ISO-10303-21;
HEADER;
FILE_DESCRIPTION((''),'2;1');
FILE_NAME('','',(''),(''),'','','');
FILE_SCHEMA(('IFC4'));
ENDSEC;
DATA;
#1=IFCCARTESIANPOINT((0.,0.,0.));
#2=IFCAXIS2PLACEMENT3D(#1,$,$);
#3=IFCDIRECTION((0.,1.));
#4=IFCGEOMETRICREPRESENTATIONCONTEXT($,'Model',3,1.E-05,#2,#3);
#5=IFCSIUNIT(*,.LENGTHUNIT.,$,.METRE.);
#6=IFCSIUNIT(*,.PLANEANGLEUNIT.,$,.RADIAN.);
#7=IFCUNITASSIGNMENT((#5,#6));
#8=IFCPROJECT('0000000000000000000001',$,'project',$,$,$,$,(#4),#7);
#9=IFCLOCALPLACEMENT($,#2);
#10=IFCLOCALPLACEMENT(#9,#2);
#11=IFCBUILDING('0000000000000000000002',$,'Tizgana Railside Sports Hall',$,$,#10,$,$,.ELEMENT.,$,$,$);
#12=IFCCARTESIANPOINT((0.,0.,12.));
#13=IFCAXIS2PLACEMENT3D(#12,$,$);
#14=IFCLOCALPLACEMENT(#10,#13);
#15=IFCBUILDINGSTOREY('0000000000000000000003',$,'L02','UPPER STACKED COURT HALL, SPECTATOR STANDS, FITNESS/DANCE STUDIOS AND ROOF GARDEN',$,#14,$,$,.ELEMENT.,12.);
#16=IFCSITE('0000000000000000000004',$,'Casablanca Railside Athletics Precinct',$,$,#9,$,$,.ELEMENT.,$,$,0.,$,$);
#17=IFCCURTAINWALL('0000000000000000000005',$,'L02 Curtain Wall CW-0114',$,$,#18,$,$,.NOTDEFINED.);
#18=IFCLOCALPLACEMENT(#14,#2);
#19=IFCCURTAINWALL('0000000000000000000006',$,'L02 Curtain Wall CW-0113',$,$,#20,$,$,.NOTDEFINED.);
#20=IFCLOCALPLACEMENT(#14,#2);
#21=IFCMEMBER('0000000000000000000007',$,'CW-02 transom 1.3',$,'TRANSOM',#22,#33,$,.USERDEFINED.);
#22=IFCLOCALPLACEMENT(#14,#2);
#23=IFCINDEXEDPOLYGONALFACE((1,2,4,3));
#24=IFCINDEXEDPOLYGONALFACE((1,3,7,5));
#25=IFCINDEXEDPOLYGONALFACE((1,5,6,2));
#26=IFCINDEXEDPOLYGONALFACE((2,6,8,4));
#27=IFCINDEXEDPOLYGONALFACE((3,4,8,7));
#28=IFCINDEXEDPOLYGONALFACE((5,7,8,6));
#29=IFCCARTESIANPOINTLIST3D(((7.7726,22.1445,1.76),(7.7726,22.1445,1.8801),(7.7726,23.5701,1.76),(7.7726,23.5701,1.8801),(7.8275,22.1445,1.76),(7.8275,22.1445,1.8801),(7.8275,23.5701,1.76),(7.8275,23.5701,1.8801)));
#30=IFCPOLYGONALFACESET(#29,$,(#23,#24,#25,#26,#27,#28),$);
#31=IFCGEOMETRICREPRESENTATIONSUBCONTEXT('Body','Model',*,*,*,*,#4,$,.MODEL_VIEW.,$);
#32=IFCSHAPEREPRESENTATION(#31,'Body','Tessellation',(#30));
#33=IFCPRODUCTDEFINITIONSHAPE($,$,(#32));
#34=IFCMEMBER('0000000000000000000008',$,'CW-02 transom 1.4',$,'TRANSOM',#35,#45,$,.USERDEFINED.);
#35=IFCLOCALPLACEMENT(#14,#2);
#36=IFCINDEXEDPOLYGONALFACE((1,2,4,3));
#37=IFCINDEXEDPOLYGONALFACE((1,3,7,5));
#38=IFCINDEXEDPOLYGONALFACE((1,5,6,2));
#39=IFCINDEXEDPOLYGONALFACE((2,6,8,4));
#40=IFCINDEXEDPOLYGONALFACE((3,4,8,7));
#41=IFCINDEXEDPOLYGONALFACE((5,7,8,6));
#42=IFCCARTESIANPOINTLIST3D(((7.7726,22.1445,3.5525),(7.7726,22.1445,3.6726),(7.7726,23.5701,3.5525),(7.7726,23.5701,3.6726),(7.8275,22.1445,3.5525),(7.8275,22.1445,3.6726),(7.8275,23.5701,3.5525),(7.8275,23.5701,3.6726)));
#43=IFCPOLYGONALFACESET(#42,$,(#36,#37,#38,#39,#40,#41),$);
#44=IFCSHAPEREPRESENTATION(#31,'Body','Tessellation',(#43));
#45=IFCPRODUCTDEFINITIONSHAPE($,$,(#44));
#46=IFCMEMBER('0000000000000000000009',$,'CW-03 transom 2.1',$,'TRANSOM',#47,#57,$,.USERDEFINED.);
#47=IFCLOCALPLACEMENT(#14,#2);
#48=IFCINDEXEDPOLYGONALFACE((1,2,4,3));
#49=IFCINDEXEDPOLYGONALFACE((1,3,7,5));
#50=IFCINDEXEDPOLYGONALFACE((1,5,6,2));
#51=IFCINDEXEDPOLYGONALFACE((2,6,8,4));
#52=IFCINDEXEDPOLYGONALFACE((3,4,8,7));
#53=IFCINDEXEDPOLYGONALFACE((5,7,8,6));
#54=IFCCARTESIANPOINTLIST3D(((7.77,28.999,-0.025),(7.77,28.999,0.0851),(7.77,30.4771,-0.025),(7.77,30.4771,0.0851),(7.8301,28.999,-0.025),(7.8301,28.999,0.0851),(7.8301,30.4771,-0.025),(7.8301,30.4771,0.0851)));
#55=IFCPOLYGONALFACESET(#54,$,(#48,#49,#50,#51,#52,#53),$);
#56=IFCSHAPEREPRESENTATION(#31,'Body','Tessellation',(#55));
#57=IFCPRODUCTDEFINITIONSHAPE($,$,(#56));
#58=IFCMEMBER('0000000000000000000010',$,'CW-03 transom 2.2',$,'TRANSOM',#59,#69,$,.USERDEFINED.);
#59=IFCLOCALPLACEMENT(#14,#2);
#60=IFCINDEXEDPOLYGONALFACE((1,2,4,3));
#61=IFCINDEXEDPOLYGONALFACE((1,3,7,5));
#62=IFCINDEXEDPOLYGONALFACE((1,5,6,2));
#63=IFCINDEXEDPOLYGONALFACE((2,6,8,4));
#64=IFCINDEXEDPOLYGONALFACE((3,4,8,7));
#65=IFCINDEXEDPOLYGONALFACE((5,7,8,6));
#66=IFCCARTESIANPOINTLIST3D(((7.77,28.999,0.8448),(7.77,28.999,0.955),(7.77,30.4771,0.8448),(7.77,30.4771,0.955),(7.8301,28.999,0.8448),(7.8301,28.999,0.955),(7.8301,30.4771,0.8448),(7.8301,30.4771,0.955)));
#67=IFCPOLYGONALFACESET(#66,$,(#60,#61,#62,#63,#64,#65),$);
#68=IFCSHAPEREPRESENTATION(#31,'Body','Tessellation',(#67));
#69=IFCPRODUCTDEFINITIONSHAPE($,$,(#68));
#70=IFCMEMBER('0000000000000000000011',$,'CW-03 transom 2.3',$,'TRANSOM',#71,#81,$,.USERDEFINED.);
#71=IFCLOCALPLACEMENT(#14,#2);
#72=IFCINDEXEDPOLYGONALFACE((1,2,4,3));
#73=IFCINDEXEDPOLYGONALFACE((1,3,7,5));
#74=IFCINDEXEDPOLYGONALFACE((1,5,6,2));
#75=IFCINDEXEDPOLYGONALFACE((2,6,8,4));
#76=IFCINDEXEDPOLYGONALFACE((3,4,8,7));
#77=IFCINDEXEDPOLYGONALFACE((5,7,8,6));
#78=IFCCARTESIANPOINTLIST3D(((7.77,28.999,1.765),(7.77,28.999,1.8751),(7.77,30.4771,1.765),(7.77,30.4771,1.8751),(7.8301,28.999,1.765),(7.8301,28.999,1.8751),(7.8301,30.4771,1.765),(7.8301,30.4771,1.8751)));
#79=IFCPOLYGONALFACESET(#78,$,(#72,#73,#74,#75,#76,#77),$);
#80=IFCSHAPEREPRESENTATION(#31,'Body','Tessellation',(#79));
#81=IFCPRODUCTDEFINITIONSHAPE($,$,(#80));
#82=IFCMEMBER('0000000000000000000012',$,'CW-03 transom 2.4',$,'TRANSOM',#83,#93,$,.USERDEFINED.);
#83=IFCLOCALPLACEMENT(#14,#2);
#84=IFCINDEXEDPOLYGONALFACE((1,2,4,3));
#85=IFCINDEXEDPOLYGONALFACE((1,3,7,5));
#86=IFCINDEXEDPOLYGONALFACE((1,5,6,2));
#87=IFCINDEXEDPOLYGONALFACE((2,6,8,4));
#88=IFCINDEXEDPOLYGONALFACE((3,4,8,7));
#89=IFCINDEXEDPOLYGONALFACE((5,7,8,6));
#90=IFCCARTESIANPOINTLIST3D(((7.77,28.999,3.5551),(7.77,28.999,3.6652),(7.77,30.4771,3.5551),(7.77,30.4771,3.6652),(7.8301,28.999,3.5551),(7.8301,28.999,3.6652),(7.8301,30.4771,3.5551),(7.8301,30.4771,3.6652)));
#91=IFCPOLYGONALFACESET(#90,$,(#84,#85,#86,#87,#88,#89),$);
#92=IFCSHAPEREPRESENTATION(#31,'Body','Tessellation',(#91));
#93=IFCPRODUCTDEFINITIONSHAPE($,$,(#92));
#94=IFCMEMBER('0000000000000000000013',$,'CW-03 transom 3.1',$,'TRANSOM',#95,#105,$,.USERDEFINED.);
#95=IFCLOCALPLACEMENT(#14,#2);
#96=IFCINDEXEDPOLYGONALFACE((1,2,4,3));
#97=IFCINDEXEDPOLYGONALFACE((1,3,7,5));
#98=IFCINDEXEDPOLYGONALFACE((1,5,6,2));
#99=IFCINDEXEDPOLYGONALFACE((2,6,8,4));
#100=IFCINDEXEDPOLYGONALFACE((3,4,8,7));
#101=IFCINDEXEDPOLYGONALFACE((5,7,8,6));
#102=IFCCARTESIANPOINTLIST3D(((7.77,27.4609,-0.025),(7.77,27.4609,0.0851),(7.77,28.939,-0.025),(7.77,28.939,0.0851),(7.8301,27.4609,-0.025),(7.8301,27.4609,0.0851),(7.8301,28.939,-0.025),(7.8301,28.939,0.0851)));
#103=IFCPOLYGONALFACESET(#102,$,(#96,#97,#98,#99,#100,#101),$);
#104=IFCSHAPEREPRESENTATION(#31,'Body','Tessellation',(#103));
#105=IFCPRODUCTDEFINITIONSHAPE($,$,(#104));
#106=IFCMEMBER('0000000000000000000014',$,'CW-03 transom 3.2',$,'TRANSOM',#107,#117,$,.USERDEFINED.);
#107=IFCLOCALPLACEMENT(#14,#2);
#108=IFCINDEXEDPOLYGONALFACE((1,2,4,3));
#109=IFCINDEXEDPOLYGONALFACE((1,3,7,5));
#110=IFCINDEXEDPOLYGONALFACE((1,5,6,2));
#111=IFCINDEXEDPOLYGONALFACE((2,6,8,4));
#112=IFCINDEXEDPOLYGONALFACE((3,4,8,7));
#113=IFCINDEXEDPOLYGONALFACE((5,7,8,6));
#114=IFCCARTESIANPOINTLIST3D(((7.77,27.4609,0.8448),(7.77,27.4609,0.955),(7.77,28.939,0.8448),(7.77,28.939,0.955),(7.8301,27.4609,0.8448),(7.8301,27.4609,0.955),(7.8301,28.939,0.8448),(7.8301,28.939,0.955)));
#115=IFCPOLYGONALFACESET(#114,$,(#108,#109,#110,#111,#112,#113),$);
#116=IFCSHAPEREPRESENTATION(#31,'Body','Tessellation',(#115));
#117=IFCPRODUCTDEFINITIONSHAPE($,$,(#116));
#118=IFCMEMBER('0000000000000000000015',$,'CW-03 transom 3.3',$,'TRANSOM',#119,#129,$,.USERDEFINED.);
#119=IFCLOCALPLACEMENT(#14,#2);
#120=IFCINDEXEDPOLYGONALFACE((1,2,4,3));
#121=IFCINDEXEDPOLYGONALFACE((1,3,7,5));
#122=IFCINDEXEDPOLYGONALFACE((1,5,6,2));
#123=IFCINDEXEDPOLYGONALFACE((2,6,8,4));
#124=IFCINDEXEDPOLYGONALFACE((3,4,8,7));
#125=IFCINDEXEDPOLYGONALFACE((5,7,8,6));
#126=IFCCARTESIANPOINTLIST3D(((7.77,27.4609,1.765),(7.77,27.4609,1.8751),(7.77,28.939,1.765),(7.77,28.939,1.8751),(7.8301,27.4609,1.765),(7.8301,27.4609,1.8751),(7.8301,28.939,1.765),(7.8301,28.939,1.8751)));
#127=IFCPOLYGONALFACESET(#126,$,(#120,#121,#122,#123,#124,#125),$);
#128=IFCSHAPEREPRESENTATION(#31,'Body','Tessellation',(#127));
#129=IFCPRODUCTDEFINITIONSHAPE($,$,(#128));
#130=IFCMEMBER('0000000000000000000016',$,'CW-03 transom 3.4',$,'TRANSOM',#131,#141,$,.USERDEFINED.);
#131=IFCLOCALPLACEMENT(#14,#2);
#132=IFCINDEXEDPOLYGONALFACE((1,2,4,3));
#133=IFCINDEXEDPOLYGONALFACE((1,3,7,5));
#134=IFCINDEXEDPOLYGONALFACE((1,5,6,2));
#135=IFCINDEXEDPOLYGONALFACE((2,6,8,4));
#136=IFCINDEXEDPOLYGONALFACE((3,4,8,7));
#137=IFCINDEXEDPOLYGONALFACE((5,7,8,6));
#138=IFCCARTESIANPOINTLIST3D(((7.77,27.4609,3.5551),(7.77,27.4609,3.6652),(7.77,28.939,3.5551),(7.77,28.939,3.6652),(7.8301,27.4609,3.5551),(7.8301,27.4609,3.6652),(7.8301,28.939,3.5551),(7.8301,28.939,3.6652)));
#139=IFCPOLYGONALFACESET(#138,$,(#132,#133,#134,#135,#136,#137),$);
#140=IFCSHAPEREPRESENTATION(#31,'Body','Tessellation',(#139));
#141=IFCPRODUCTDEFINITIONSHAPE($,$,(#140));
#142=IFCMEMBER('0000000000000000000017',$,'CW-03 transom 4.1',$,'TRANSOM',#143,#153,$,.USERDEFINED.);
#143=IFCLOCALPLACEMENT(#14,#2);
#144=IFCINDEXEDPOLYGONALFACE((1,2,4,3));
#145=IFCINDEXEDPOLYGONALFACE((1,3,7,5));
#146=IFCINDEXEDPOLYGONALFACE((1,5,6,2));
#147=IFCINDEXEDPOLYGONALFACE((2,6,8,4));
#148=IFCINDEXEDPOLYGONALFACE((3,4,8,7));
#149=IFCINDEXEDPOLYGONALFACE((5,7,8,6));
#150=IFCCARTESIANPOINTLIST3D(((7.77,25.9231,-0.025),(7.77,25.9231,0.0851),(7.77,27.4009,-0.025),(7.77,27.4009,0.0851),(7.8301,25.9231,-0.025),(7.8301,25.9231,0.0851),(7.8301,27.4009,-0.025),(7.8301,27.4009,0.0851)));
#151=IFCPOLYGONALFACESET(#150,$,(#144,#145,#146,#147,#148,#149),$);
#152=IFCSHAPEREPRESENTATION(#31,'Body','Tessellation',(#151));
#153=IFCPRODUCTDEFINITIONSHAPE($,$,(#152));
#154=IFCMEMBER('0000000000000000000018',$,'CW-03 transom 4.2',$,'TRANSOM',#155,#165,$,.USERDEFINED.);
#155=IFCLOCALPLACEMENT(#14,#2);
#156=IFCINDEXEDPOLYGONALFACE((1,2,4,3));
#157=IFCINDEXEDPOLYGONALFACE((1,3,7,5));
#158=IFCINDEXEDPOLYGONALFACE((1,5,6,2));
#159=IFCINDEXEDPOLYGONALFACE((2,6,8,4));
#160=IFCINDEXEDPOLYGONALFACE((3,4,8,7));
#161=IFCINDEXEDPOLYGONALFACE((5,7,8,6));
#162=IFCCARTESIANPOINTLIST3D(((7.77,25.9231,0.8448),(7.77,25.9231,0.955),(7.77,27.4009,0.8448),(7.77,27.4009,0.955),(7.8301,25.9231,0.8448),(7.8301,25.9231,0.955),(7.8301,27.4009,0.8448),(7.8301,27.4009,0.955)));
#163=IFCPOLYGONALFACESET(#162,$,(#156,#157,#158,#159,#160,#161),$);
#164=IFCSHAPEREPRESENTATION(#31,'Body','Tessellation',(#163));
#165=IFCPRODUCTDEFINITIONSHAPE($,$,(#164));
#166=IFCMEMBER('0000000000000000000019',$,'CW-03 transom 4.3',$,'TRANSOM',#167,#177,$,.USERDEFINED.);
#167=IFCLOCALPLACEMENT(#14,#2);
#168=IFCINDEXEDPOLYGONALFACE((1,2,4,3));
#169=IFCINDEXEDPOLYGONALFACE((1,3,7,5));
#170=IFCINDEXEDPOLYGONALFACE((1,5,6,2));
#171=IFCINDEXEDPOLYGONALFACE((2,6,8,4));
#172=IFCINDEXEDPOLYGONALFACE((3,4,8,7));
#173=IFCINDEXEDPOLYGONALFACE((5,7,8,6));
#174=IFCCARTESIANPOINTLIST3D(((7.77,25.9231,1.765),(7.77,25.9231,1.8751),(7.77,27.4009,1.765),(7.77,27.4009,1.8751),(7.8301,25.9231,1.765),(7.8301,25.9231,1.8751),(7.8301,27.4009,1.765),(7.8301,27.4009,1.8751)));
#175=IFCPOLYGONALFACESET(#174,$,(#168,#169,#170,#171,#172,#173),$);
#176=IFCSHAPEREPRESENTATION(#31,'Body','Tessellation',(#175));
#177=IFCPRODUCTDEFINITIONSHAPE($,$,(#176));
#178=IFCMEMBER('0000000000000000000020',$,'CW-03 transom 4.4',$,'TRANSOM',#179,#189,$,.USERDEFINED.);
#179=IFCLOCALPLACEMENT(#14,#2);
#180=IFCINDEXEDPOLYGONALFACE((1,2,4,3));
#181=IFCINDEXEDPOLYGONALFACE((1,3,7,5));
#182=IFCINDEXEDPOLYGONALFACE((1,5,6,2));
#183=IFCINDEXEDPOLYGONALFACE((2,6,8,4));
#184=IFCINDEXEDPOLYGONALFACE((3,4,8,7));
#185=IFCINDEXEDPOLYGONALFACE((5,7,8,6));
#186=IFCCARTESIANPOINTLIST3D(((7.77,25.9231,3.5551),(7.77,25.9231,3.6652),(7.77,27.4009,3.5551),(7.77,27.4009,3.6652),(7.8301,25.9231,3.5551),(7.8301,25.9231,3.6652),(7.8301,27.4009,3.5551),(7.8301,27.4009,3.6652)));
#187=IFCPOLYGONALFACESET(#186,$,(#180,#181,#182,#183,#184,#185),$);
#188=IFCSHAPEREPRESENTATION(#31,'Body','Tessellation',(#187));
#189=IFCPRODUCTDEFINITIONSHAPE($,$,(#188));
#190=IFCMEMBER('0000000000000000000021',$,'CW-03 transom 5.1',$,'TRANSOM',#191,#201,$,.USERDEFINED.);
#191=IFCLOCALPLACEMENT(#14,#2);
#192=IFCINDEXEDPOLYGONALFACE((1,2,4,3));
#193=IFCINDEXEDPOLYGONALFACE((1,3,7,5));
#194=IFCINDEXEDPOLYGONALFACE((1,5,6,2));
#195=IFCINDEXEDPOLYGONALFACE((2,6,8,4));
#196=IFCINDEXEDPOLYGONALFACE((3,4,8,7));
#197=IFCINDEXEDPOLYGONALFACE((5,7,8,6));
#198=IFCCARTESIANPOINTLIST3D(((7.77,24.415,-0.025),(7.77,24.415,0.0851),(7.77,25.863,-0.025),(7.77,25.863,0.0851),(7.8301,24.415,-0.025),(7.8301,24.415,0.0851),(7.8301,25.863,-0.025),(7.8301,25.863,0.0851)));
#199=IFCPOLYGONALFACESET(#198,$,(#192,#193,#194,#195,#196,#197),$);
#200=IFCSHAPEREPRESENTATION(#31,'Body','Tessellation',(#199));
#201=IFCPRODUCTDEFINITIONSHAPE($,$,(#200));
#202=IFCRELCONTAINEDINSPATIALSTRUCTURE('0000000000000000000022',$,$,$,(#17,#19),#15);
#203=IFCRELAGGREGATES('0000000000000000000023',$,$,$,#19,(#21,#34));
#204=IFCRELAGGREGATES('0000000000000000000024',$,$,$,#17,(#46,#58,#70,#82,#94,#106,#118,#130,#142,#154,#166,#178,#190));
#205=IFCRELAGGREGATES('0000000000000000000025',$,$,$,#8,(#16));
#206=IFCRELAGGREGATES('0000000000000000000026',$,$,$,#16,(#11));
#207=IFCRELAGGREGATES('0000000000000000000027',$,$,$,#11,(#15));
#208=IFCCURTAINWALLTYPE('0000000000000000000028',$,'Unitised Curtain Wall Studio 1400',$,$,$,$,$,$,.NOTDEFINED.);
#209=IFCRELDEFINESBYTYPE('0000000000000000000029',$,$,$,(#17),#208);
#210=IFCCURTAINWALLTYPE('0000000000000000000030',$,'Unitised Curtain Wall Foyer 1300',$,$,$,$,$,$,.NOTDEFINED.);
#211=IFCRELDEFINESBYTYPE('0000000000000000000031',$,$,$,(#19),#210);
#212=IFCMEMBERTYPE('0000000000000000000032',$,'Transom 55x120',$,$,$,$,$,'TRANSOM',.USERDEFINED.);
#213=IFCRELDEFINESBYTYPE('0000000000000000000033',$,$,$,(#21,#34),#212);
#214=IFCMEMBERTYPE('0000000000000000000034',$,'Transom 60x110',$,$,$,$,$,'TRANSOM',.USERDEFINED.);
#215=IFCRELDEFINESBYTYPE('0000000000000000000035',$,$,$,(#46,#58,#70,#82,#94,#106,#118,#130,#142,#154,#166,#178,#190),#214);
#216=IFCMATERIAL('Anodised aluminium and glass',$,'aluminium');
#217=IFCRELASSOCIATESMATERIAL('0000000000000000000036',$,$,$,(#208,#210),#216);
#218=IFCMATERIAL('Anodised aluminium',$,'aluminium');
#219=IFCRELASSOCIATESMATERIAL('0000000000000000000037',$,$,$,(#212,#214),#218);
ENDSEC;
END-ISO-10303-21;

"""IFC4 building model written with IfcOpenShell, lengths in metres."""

from ifc_helpers import new_model, si_unit, direction, frame, origin, origin_2d, place, context, subcontext, project, spatial, rectangle, extrude, material, material_profile, profile_set, type_object, element, aggregate, save


model = new_model("IFC4")

# Units and contexts
model_context = context("Model", 3, precision=1e-05, world=origin(), true_north=direction((0.0, 1.0)))
body_context = subcontext(model_context, "Body", "Model", "MODEL_VIEW")
ifc_project = project(units=[si_unit("LENGTHUNIT", "METRE"), si_unit("PLANEANGLEUNIT", "RADIAN")], contexts=[model_context])

# Site, building, storey
site_placement = place(None, origin())
site = spatial("IfcSite", under=ifc_project, at=site_placement, Name="Casablanca Railside Athletics Precinct", CompositionType="ELEMENT", RefElevation=0.0)
building_placement = place(site_placement, origin())
building = spatial("IfcBuilding", under=site, at=building_placement, Name="Tizgana Railside Sports Hall", CompositionType="ELEMENT")
storey_placement = place(building_placement, frame((0.0, 0.0, 12.0)))
storey = spatial("IfcBuildingStorey", under=building, at=storey_placement, Name="L02", Description="UPPER STACKED COURT HALL, SPECTATOR STANDS, FITNESS/DANCE STUDIOS AND ROOF GARDEN", CompositionType="ELEMENT", Elevation=12.0)

# Curtain wall
ifc_material_1 = material(Name="Anodised aluminium and glass", Category="aluminium")
curtain_wall_type_1 = type_object("IfcCurtainWallType", Name="Unitised Curtain Wall Studio 1400", PredefinedType="NOTDEFINED", material=ifc_material_1)
curtain_wall_1_placement = place(storey_placement, origin())
curtain_wall_1 = element("IfcCurtainWall", 1, at=curtain_wall_1_placement, inside=storey, type_object=curtain_wall_type_1, Name="L02 Curtain Wall CW-0114", PredefinedType="NOTDEFINED")
ifc_material_2 = material(Name="Anodised aluminium", Category="aluminium")

# Curtain wall
curtain_wall_type_2 = type_object("IfcCurtainWallType", Name="Unitised Curtain Wall Foyer 1300", PredefinedType="NOTDEFINED", material=ifc_material_1)
curtain_wall_2_placement = place(storey_placement, origin())
curtain_wall_2 = element("IfcCurtainWall", 2, at=curtain_wall_2_placement, inside=storey, type_object=curtain_wall_type_2, Name="L02 Curtain Wall CW-0113", PredefinedType="NOTDEFINED")

# Members
ifc_material_profile_1 = material_profile(ifc_material_2, rectangle(XDim=0.0549, YDim=0.1201, at=origin_2d()), Name="Transom 55x120")
ifc_profile_set_1 = profile_set([ifc_material_profile_1], Name="Anodised aluminium")
member_type_1 = type_object("IfcMemberType", Name="Transom 55x120", ElementType="TRANSOM", PredefinedType="USERDEFINED", material=ifc_profile_set_1)
member_1_placement = place(storey_placement, frame((7.8, 23.5701, 1.8201), z_axis=(0.0, -1.0, 0.0), x_axis=(1.0, 0.0, 0.0)))
member_1 = element("IfcMember", 3, at=member_1_placement, type_object=member_type_1, Name="CW-02 transom 1.3", ObjectType="TRANSOM", PredefinedType="USERDEFINED", context=body_context, shape_type="SweptSolid", body=[
    extrude(rectangle(XDim=0.0549, YDim=0.1201, at=origin_2d()), origin(), (0.0, 0.0, 1.0), 1.4255),
])
member_2_placement = place(storey_placement, frame((7.8, 23.5701, 3.6125), z_axis=(0.0, -1.0, 0.0), x_axis=(1.0, 0.0, 0.0)))
member_2 = element("IfcMember", 4, at=member_2_placement, type_object=member_type_1, Name="CW-02 transom 1.4", ObjectType="TRANSOM", PredefinedType="USERDEFINED", context=body_context, shape_type="SweptSolid", body=[
    extrude(rectangle(XDim=0.0549, YDim=0.1201, at=origin_2d()), origin(), (0.0, 0.0, 1.0), 1.4255),
])
aggregate(curtain_wall_2, [member_1, member_2])
ifc_material_profile_2 = material_profile(ifc_material_2, rectangle(XDim=0.0601, YDim=0.1101, at=origin_2d()), Name="Transom 60x110")
ifc_profile_set_2 = profile_set([ifc_material_profile_2], Name="Anodised aluminium")
member_type_2 = type_object("IfcMemberType", Name="Transom 60x110", ElementType="TRANSOM", PredefinedType="USERDEFINED", material=ifc_profile_set_2)
member_3_placement = place(storey_placement, frame((7.8, 30.4771, 0.03), z_axis=(0.0, -1.0, 0.0), x_axis=(1.0, 0.0, 0.0)))
member_3 = element("IfcMember", 5, at=member_3_placement, type_object=member_type_2, Name="CW-03 transom 2.1", ObjectType="TRANSOM", PredefinedType="USERDEFINED", context=body_context, shape_type="SweptSolid", body=[
    extrude(rectangle(XDim=0.0601, YDim=0.1101, at=origin_2d()), origin(), (0.0, 0.0, 1.0), 1.478),
])
member_4_placement = place(storey_placement, frame((7.8, 30.4771, 0.8999), z_axis=(0.0, -1.0, 0.0), x_axis=(1.0, 0.0, 0.0)))
member_4 = element("IfcMember", 6, at=member_4_placement, type_object=member_type_2, Name="CW-03 transom 2.2", ObjectType="TRANSOM", PredefinedType="USERDEFINED", context=body_context, shape_type="SweptSolid", body=[
    extrude(rectangle(XDim=0.0601, YDim=0.1101, at=origin_2d()), origin(), (0.0, 0.0, 1.0), 1.478),
])
member_5_placement = place(storey_placement, frame((7.8, 30.4771, 1.8201), z_axis=(0.0, -1.0, 0.0), x_axis=(1.0, 0.0, 0.0)))
member_5 = element("IfcMember", 7, at=member_5_placement, type_object=member_type_2, Name="CW-03 transom 2.3", ObjectType="TRANSOM", PredefinedType="USERDEFINED", context=body_context, shape_type="SweptSolid", body=[
    extrude(rectangle(XDim=0.0601, YDim=0.1101, at=origin_2d()), origin(), (0.0, 0.0, 1.0), 1.478),
])
member_6_placement = place(storey_placement, frame((7.8, 30.4771, 3.6101), z_axis=(0.0, -1.0, 0.0), x_axis=(1.0, 0.0, 0.0)))
member_6 = element("IfcMember", 8, at=member_6_placement, type_object=member_type_2, Name="CW-03 transom 2.4", ObjectType="TRANSOM", PredefinedType="USERDEFINED", context=body_context, shape_type="SweptSolid", body=[
    extrude(rectangle(XDim=0.0601, YDim=0.1101, at=origin_2d()), origin(), (0.0, 0.0, 1.0), 1.478),
])
member_7_placement = place(storey_placement, frame((7.8, 28.939, 0.03), z_axis=(0.0, -1.0, 0.0), x_axis=(1.0, 0.0, 0.0)))
member_7 = element("IfcMember", 9, at=member_7_placement, type_object=member_type_2, Name="CW-03 transom 3.1", ObjectType="TRANSOM", PredefinedType="USERDEFINED", context=body_context, shape_type="SweptSolid", body=[
    extrude(rectangle(XDim=0.0601, YDim=0.1101, at=origin_2d()), origin(), (0.0, 0.0, 1.0), 1.478),
])
member_8_placement = place(storey_placement, frame((7.8, 28.939, 0.8999), z_axis=(0.0, -1.0, 0.0), x_axis=(1.0, 0.0, 0.0)))
member_8 = element("IfcMember", 10, at=member_8_placement, type_object=member_type_2, Name="CW-03 transom 3.2", ObjectType="TRANSOM", PredefinedType="USERDEFINED", context=body_context, shape_type="SweptSolid", body=[
    extrude(rectangle(XDim=0.0601, YDim=0.1101, at=origin_2d()), origin(), (0.0, 0.0, 1.0), 1.478),
])
member_9_placement = place(storey_placement, frame((7.8, 28.939, 1.8201), z_axis=(0.0, -1.0, 0.0), x_axis=(1.0, 0.0, 0.0)))
member_9 = element("IfcMember", 11, at=member_9_placement, type_object=member_type_2, Name="CW-03 transom 3.3", ObjectType="TRANSOM", PredefinedType="USERDEFINED", context=body_context, shape_type="SweptSolid", body=[
    extrude(rectangle(XDim=0.0601, YDim=0.1101, at=origin_2d()), origin(), (0.0, 0.0, 1.0), 1.478),
])
member_10_placement = place(storey_placement, frame((7.8, 28.939, 3.6101), z_axis=(0.0, -1.0, 0.0), x_axis=(1.0, 0.0, 0.0)))
member_10 = element("IfcMember", 12, at=member_10_placement, type_object=member_type_2, Name="CW-03 transom 3.4", ObjectType="TRANSOM", PredefinedType="USERDEFINED", context=body_context, shape_type="SweptSolid", body=[
    extrude(rectangle(XDim=0.0601, YDim=0.1101, at=origin_2d()), origin(), (0.0, 0.0, 1.0), 1.478),
])
member_11_placement = place(storey_placement, frame((7.8, 27.4009, 0.03), z_axis=(0.0, -1.0, 0.0), x_axis=(1.0, 0.0, 0.0)))
member_11 = element("IfcMember", 13, at=member_11_placement, type_object=member_type_2, Name="CW-03 transom 4.1", ObjectType="TRANSOM", PredefinedType="USERDEFINED", context=body_context, shape_type="SweptSolid", body=[
    extrude(rectangle(XDim=0.0601, YDim=0.1101, at=origin_2d()), origin(), (0.0, 0.0, 1.0), 1.4778),
])
member_12_placement = place(storey_placement, frame((7.8, 27.4009, 0.8999), z_axis=(0.0, -1.0, 0.0), x_axis=(1.0, 0.0, 0.0)))
member_12 = element("IfcMember", 14, at=member_12_placement, type_object=member_type_2, Name="CW-03 transom 4.2", ObjectType="TRANSOM", PredefinedType="USERDEFINED", context=body_context, shape_type="SweptSolid", body=[
    extrude(rectangle(XDim=0.0601, YDim=0.1101, at=origin_2d()), origin(), (0.0, 0.0, 1.0), 1.4778),
])
member_13_placement = place(storey_placement, frame((7.8, 27.4009, 1.8201), z_axis=(0.0, -1.0, 0.0), x_axis=(1.0, 0.0, 0.0)))
member_13 = element("IfcMember", 15, at=member_13_placement, type_object=member_type_2, Name="CW-03 transom 4.3", ObjectType="TRANSOM", PredefinedType="USERDEFINED", context=body_context, shape_type="SweptSolid", body=[
    extrude(rectangle(XDim=0.0601, YDim=0.1101, at=origin_2d()), origin(), (0.0, 0.0, 1.0), 1.4778),
])
member_14_placement = place(storey_placement, frame((7.8, 27.4009, 3.6101), z_axis=(0.0, -1.0, 0.0), x_axis=(1.0, 0.0, 0.0)))
member_14 = element("IfcMember", 16, at=member_14_placement, type_object=member_type_2, Name="CW-03 transom 4.4", ObjectType="TRANSOM", PredefinedType="USERDEFINED", context=body_context, shape_type="SweptSolid", body=[
    extrude(rectangle(XDim=0.0601, YDim=0.1101, at=origin_2d()), origin(), (0.0, 0.0, 1.0), 1.4778),
])
member_15_placement = place(storey_placement, frame((7.8, 25.863, 0.03), z_axis=(0.0, -1.0, 0.0), x_axis=(1.0, 0.0, 0.0)))
member_15 = element("IfcMember", 17, at=member_15_placement, type_object=member_type_2, Name="CW-03 transom 5.1", ObjectType="TRANSOM", PredefinedType="USERDEFINED", context=body_context, shape_type="SweptSolid", body=[
    extrude(rectangle(XDim=0.0601, YDim=0.1101, at=origin_2d()), origin(), (0.0, 0.0, 1.0), 1.448),
])

aggregate(curtain_wall_1, [member_3, member_4, member_5, member_6, member_7, member_8, member_9, member_10, member_11, member_12, member_13, member_14, member_15])

save(model, "model.ifc")
